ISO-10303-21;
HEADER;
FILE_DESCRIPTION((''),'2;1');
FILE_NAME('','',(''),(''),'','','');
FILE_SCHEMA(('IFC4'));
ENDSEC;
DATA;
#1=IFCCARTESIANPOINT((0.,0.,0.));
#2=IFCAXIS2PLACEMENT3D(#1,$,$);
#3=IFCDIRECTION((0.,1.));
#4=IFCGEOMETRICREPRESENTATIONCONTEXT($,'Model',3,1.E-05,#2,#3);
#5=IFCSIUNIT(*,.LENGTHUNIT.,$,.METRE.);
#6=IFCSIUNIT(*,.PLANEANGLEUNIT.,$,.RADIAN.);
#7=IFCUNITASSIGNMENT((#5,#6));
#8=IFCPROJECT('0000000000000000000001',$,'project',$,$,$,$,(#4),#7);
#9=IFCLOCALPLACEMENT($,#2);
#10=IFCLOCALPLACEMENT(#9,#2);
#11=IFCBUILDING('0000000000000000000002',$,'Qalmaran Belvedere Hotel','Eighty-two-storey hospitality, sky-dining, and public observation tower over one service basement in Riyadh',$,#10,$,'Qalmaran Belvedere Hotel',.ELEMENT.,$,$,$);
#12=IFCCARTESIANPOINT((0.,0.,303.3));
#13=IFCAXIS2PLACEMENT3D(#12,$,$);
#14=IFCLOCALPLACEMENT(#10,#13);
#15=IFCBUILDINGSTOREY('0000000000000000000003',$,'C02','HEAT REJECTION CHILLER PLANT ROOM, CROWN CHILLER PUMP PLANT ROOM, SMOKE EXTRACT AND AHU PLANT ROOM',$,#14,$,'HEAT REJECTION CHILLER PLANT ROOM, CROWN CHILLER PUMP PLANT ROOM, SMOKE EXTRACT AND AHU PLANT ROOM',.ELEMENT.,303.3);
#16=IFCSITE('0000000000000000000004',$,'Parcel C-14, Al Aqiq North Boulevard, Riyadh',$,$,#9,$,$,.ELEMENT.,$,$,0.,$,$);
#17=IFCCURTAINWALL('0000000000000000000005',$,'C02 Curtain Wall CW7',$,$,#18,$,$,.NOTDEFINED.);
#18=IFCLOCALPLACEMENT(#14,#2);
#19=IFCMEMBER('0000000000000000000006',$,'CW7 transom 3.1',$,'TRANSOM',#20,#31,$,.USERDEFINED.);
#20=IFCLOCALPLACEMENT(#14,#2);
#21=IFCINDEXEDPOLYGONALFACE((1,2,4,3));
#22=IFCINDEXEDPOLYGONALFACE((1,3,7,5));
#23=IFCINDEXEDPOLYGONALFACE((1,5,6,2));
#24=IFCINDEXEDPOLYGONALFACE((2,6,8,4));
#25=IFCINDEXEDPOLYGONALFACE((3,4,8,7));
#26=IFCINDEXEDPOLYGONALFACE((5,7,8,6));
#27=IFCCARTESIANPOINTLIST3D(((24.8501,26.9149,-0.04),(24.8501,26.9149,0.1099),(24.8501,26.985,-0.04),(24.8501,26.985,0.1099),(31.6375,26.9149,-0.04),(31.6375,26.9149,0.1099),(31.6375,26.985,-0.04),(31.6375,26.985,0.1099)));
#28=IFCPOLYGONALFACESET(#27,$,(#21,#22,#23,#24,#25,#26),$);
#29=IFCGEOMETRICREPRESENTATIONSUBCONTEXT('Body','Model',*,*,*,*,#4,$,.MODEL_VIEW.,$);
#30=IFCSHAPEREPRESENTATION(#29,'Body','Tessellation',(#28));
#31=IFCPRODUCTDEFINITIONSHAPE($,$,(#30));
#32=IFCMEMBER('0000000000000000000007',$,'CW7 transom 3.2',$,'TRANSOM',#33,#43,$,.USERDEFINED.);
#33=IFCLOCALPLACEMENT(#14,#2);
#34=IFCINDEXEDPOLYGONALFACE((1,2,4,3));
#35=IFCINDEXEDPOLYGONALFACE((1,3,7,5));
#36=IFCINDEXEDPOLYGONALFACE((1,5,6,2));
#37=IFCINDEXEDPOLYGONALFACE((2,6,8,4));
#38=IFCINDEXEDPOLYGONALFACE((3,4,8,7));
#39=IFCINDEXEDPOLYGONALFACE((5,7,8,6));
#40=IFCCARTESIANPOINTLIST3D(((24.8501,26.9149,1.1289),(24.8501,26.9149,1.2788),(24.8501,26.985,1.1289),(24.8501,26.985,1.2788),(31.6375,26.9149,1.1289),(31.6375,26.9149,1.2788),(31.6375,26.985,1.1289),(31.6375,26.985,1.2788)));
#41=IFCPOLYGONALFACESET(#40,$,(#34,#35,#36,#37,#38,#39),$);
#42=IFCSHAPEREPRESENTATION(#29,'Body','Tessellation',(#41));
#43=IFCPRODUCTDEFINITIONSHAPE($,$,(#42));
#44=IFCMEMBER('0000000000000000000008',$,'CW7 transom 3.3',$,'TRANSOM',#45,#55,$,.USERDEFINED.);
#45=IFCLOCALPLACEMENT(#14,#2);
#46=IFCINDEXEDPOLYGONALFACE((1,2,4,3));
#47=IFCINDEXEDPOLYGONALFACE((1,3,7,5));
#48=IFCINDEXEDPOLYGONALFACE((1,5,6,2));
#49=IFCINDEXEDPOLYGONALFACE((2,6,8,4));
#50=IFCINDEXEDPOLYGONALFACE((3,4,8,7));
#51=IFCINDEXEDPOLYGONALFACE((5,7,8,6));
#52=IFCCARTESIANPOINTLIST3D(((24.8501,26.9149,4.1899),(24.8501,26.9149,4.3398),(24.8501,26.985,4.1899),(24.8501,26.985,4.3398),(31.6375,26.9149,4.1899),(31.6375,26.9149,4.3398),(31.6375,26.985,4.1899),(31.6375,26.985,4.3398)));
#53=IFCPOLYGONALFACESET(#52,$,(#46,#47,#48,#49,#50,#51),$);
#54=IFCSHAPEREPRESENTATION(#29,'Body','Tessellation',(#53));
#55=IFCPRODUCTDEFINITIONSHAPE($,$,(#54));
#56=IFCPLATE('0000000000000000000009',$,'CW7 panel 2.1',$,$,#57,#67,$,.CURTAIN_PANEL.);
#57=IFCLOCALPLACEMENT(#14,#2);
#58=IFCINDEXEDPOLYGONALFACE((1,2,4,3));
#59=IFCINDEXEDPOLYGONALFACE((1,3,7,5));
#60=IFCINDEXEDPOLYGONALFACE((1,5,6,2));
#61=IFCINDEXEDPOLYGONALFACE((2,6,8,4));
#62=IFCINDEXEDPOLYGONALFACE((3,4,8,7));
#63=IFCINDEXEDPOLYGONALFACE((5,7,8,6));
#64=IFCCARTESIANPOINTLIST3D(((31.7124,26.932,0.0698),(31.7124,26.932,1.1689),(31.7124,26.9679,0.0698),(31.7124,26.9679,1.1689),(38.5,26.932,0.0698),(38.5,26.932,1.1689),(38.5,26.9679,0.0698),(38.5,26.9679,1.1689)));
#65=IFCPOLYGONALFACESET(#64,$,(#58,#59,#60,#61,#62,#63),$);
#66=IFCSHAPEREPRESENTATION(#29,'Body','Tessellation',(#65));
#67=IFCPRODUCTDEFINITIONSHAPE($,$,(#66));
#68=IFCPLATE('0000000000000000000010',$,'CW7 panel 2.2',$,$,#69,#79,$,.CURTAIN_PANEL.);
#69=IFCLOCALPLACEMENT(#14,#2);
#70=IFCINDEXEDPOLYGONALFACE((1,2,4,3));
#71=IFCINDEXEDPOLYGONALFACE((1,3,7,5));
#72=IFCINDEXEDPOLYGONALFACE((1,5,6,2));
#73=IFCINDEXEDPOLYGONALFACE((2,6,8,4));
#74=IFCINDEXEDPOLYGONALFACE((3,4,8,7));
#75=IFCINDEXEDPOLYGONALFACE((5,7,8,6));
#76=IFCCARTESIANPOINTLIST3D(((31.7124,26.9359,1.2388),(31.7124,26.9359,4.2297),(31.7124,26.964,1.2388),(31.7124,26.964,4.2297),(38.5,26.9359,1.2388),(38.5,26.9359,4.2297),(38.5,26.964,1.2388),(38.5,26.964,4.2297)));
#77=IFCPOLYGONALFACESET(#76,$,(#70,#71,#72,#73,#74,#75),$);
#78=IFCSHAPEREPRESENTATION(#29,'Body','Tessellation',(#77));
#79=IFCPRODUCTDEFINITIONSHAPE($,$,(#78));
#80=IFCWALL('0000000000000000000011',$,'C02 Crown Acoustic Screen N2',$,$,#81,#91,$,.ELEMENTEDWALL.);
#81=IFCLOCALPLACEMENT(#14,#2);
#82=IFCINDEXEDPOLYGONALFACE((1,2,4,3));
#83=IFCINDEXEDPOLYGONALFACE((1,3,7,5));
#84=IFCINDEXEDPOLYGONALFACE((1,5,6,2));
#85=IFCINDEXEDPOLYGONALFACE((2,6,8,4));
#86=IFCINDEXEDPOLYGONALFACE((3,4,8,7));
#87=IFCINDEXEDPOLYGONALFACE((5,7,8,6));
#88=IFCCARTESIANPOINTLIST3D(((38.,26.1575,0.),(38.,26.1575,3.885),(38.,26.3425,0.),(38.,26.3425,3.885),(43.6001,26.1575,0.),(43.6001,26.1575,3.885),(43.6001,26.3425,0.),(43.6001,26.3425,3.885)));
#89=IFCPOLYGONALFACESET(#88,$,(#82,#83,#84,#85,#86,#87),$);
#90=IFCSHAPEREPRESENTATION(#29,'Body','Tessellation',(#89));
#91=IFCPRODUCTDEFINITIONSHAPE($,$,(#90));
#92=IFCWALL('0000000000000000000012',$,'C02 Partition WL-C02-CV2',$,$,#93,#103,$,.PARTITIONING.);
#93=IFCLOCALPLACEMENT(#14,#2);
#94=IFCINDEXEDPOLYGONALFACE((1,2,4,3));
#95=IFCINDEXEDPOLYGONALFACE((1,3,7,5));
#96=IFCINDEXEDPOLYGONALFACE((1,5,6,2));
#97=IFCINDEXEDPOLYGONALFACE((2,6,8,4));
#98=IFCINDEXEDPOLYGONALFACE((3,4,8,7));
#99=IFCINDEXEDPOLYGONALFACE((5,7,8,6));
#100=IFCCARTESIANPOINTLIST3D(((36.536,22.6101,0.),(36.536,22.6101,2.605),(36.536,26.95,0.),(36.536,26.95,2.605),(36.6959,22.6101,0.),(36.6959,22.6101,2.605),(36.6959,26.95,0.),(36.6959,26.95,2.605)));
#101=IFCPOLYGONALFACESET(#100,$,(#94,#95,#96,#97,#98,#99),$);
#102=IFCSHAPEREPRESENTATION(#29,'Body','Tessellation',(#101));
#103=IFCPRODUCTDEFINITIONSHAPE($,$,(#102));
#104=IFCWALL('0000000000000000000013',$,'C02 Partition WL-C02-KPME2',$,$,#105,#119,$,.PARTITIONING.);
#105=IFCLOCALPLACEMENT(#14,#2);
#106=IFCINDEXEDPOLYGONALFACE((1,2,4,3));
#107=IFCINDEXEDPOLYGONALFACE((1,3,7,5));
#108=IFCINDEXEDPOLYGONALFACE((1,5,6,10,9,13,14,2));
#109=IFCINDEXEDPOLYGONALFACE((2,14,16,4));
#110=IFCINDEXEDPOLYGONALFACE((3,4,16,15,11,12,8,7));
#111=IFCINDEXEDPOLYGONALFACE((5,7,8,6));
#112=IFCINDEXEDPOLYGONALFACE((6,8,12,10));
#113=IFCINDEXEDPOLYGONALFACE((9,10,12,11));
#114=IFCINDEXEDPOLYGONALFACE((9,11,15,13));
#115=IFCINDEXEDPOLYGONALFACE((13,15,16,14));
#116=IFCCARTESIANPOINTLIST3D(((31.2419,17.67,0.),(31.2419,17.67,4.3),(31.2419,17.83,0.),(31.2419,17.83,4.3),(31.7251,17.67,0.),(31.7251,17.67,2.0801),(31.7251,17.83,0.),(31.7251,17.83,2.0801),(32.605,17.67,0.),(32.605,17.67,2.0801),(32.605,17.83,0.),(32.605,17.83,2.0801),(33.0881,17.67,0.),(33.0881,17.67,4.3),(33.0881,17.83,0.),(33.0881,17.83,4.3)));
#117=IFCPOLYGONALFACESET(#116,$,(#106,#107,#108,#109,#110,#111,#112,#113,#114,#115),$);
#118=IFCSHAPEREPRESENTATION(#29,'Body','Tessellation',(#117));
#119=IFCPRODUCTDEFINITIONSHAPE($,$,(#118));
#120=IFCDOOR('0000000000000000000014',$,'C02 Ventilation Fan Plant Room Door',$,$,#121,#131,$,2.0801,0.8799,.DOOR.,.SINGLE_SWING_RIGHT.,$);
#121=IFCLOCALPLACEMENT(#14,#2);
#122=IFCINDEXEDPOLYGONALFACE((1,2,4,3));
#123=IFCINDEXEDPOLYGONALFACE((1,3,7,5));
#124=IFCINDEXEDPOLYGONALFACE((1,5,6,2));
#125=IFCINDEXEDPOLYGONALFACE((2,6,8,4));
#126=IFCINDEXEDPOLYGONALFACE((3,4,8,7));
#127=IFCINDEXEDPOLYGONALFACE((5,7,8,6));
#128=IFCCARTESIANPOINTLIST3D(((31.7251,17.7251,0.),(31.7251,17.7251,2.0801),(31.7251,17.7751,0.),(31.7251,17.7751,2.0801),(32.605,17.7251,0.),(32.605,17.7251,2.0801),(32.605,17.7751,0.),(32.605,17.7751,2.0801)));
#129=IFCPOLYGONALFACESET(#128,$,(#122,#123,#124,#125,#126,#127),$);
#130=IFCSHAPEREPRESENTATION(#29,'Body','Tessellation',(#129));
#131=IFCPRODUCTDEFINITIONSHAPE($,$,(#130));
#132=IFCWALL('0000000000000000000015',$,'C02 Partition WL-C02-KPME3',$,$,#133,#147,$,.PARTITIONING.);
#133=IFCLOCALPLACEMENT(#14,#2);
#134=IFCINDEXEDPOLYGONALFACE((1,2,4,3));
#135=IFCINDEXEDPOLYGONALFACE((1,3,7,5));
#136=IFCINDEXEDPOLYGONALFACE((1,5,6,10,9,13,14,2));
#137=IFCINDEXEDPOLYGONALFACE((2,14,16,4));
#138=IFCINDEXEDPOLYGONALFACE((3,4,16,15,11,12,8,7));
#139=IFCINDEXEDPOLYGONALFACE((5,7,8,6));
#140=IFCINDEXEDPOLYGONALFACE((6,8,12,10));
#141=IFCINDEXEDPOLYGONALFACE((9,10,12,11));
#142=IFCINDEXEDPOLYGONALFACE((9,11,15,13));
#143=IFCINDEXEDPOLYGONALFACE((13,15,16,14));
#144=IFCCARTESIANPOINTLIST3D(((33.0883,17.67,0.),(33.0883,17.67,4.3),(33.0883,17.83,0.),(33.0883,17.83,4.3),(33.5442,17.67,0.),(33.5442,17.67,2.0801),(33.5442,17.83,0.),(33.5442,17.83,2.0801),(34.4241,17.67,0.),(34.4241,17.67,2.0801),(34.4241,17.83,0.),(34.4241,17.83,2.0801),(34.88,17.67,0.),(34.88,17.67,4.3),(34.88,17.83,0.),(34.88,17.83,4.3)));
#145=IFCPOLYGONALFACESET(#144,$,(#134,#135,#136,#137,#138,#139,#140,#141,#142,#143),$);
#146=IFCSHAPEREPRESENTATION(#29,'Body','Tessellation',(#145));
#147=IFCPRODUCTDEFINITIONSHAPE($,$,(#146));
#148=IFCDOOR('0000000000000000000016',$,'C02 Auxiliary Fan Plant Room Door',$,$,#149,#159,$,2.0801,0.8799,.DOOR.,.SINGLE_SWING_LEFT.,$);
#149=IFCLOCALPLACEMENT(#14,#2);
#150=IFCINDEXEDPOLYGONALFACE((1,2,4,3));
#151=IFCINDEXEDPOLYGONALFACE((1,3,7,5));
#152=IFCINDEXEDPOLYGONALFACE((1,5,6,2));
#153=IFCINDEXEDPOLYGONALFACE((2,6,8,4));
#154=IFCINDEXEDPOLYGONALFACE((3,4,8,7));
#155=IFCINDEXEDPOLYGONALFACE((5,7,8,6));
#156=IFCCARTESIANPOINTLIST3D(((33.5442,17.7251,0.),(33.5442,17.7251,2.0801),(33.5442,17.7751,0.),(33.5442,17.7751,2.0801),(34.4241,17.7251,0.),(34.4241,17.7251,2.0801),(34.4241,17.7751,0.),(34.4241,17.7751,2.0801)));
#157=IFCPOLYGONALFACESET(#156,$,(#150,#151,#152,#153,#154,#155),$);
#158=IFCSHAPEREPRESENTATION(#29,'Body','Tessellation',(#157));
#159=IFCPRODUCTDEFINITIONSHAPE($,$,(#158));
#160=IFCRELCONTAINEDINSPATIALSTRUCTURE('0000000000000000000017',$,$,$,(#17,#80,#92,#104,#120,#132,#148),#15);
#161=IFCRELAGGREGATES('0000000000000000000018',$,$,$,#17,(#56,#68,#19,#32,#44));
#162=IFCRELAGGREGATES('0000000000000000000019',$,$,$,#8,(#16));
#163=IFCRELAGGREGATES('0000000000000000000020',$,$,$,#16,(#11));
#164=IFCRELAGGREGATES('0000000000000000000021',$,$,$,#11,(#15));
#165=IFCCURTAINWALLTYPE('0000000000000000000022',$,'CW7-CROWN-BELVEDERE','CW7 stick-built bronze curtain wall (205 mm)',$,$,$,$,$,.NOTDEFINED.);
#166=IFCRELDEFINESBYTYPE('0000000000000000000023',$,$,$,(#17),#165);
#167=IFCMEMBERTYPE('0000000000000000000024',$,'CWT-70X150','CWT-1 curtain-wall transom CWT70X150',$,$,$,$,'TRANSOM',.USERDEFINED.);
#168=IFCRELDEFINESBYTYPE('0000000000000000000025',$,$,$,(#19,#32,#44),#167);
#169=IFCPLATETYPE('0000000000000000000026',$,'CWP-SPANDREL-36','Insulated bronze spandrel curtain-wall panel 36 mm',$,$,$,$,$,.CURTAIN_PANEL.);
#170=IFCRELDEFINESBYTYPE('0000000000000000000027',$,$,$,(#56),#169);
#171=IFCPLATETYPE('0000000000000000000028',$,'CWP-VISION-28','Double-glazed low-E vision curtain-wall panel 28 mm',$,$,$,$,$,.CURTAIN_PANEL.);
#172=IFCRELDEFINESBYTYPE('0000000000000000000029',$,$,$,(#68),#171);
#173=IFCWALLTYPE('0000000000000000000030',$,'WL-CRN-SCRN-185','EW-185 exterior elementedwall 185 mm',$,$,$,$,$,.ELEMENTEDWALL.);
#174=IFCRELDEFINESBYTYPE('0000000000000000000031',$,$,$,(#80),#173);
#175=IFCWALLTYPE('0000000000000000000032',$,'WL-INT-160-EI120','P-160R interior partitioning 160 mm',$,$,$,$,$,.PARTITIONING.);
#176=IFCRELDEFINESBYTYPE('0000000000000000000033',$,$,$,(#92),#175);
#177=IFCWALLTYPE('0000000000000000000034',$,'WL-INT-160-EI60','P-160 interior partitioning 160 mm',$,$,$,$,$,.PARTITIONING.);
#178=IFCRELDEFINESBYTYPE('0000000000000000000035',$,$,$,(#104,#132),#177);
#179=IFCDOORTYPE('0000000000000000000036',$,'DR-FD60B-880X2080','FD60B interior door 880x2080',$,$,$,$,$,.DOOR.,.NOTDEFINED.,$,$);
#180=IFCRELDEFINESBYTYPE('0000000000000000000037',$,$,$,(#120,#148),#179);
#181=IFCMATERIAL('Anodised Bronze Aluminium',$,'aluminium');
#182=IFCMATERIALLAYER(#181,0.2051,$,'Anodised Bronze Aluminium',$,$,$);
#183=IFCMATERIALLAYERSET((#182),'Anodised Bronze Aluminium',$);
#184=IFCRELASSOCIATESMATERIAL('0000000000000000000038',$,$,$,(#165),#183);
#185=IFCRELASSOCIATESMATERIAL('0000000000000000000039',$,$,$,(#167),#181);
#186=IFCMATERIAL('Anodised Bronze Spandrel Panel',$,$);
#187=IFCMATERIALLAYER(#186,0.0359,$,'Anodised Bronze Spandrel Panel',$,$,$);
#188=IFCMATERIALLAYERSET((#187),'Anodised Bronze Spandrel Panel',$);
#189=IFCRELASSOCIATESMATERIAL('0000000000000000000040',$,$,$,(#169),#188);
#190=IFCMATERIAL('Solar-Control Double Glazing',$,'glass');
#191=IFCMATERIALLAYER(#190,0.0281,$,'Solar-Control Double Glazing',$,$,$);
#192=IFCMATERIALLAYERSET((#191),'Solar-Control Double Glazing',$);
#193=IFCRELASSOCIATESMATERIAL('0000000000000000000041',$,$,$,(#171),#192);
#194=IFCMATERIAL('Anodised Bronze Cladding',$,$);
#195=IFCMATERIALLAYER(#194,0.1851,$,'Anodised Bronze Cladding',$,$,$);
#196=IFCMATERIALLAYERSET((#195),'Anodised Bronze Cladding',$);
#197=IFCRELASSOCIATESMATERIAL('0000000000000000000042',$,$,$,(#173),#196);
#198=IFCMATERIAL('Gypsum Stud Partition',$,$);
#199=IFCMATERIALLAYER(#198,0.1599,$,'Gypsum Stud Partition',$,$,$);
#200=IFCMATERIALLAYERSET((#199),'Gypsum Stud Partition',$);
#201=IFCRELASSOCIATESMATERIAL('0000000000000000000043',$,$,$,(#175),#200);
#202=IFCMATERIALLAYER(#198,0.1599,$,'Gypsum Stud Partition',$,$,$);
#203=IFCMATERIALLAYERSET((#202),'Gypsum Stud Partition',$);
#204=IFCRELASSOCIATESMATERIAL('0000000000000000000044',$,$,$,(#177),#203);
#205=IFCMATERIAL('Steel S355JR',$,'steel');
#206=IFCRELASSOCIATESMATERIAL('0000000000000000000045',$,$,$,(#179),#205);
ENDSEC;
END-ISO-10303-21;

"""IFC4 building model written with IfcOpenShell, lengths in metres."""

from ifc_helpers import new_model, si_unit, direction, frame, frame_2d, origin, origin_2d, place, context, subcontext, project, spatial, rectangle, extrude, material, layer, layer_set, material_profile, profile_set, type_object, element, fill, aggregate, save


model = new_model("IFC4")

# Units and contexts
model_context = context("Model", 3, precision=1e-05, world=origin(), true_north=direction((0.0, 1.0)))
body_context = subcontext(model_context, "Body", "Model", "MODEL_VIEW")
ifc_project = project(units=[si_unit("LENGTHUNIT", "METRE"), si_unit("PLANEANGLEUNIT", "RADIAN")], contexts=[model_context])

# Site, building, storey
site_placement = place(None, origin())
site = spatial("IfcSite", under=ifc_project, at=site_placement, Name="Parcel C-14, Al Aqiq North Boulevard, Riyadh", CompositionType="ELEMENT", RefElevation=0.0)
building_placement = place(site_placement, origin())
building = spatial("IfcBuilding", under=site, at=building_placement, Name="Qalmaran Belvedere Hotel", Description="Eighty-two-storey hospitality, sky-dining, and public observation tower over one service basement in Riyadh", LongName="Qalmaran Belvedere Hotel", CompositionType="ELEMENT")
storey_placement = place(building_placement, frame((0.0, 0.0, 303.3)))
storey = spatial("IfcBuildingStorey", under=building, at=storey_placement, Name="C02", Description="HEAT REJECTION CHILLER PLANT ROOM, CROWN CHILLER PUMP PLANT ROOM, SMOKE EXTRACT AND AHU PLANT ROOM", LongName="HEAT REJECTION CHILLER PLANT ROOM, CROWN CHILLER PUMP PLANT ROOM, SMOKE EXTRACT AND AHU PLANT ROOM", CompositionType="ELEMENT", Elevation=303.3)

# Shared definitions
ifc_material_1 = material(Name="Steel S355JR", Category="steel")

# Curtain wall, members, plates
ifc_material_2 = material(Name="Anodised Bronze Aluminium", Category="aluminium")
ifc_layer_1 = layer(ifc_material_2, 0.2051, Name="Anodised Bronze Aluminium")
ifc_layer_set_1 = layer_set([ifc_layer_1], Name="Anodised Bronze Aluminium")
curtain_wall_type = type_object("IfcCurtainWallType", Name="CW7-CROWN-BELVEDERE", Description="CW7 stick-built bronze curtain wall (205 mm)", PredefinedType="NOTDEFINED", material=ifc_layer_set_1)
curtain_wall_placement = place(storey_placement, origin())
curtain_wall = element("IfcCurtainWall", 1, at=curtain_wall_placement, inside=storey, type_object=curtain_wall_type, Name="C02 Curtain Wall CW7", PredefinedType="NOTDEFINED")
ifc_material_profile_1 = material_profile(ifc_material_2, rectangle(XDim=0.0701, YDim=0.1499, at=origin_2d()), Name="CWT70X150")
ifc_profile_set_1 = profile_set([ifc_material_profile_1], Name="Anodised Bronze Aluminium")
member_type_1 = type_object("IfcMemberType", Name="CWT-70X150", Description="CWT-1 curtain-wall transom CWT70X150", ElementType="TRANSOM", PredefinedType="USERDEFINED", material=ifc_profile_set_1)
member_1_placement = place(storey_placement, frame((31.6375, 26.95, 0.0349), z_axis=(-1.0, 0.0, 0.0), x_axis=(0.0, -1.0, 0.0)))
member_1 = element("IfcMember", 2, at=member_1_placement, type_object=member_type_1, Name="CW7 transom 3.1", ObjectType="TRANSOM", PredefinedType="USERDEFINED", context=body_context, shape_type="SweptSolid", body=[
    extrude(rectangle(XDim=0.0701, YDim=0.1499, at=origin_2d()), origin(), (0.0, 0.0, 1.0), 6.7874),
])
member_2_placement = place(storey_placement, frame((31.6375, 26.95, 1.2039), z_axis=(-1.0, 0.0, 0.0), x_axis=(0.0, -1.0, 0.0)))
member_2 = element("IfcMember", 3, at=member_2_placement, type_object=member_type_1, Name="CW7 transom 3.2", ObjectType="TRANSOM", PredefinedType="USERDEFINED", context=body_context, shape_type="SweptSolid", body=[
    extrude(rectangle(XDim=0.0701, YDim=0.1499, at=origin_2d()), origin(), (0.0, 0.0, 1.0), 6.7874),
])
member_3_placement = place(storey_placement, frame((31.6375, 26.95, 4.2649), z_axis=(-1.0, 0.0, 0.0), x_axis=(0.0, -1.0, 0.0)))
member_3 = element("IfcMember", 4, at=member_3_placement, type_object=member_type_1, Name="CW7 transom 3.3", ObjectType="TRANSOM", PredefinedType="USERDEFINED", context=body_context, shape_type="SweptSolid", body=[
    extrude(rectangle(XDim=0.0701, YDim=0.1499, at=origin_2d()), origin(), (0.0, 0.0, 1.0), 6.7874),
])
ifc_material_3 = material(Name="Anodised Bronze Spandrel Panel")
ifc_layer_2 = layer(ifc_material_3, 0.0359, Name="Anodised Bronze Spandrel Panel")
ifc_layer_set_2 = layer_set([ifc_layer_2], Name="Anodised Bronze Spandrel Panel")
plate_type_1 = type_object("IfcPlateType", Name="CWP-SPANDREL-36", Description="Insulated bronze spandrel curtain-wall panel 36 mm", PredefinedType="CURTAIN_PANEL", material=ifc_layer_set_2)
plate_1_placement = place(storey_placement, frame((35.1062, 26.95, 0.0698), z_axis=(0.0, 0.0, 1.0), x_axis=(-1.0, 0.0, 0.0)))
plate_1 = element("IfcPlate", 5, at=plate_1_placement, type_object=plate_type_1, Name="CW7 panel 2.1", PredefinedType="CURTAIN_PANEL", context=body_context, shape_type="SweptSolid", body=[
    extrude(rectangle(XDim=6.7876, YDim=0.0359, at=origin_2d()), origin(), (0.0, 0.0, 1.0), 1.0991),
])
ifc_material_4 = material(Name="Solar-Control Double Glazing", Category="glass")
ifc_layer_3 = layer(ifc_material_4, 0.0281, Name="Solar-Control Double Glazing")
ifc_layer_set_3 = layer_set([ifc_layer_3], Name="Solar-Control Double Glazing")
plate_type_2 = type_object("IfcPlateType", Name="CWP-VISION-28", Description="Double-glazed low-E vision curtain-wall panel 28 mm", PredefinedType="CURTAIN_PANEL", material=ifc_layer_set_3)
plate_2_placement = place(storey_placement, frame((35.1062, 26.95, 1.2388), z_axis=(0.0, 0.0, 1.0), x_axis=(-1.0, 0.0, 0.0)))
plate_2 = element("IfcPlate", 6, at=plate_2_placement, type_object=plate_type_2, Name="CW7 panel 2.2", PredefinedType="CURTAIN_PANEL", context=body_context, shape_type="SweptSolid", body=[
    extrude(rectangle(XDim=6.7876, YDim=0.0281, at=origin_2d()), origin(), (0.0, 0.0, 1.0), 2.991),
])
aggregate(curtain_wall, [plate_1, plate_2, member_1, member_2, member_3])

# Walls
ifc_material_5 = material(Name="Anodised Bronze Cladding")
ifc_layer_4 = layer(ifc_material_5, 0.1851, Name="Anodised Bronze Cladding")
ifc_layer_set_4 = layer_set([ifc_layer_4], Name="Anodised Bronze Cladding")
wall_type_1 = type_object("IfcWallType", Name="WL-CRN-SCRN-185", Description="EW-185 exterior elementedwall 185 mm", PredefinedType="ELEMENTEDWALL", material=ifc_layer_set_4)
wall_1_placement = place(storey_placement, frame((38.0, 26.25, 0.0), z_axis=(0.0, 0.0, 1.0), x_axis=(1.0, 0.0, 0.0)))
element("IfcWall", 7, at=wall_1_placement, inside=storey, type_object=wall_type_1, Name="C02 Crown Acoustic Screen N2", PredefinedType="ELEMENTEDWALL", context=body_context, shape_type="SweptSolid", body=[
    extrude(rectangle(XDim=5.6001, YDim=0.1851, at=frame_2d((2.8, 0.0))), origin(), (0.0, 0.0, 1.0), 3.885),
])
ifc_material_6 = material(Name="Gypsum Stud Partition")
ifc_layer_5 = layer(ifc_material_6, 0.1599, Name="Gypsum Stud Partition")
ifc_layer_set_5 = layer_set([ifc_layer_5], Name="Gypsum Stud Partition")
wall_type_2 = type_object("IfcWallType", Name="WL-INT-160-EI120", Description="P-160R interior partitioning 160 mm", PredefinedType="PARTITIONING", material=ifc_layer_set_5)
wall_2_placement = place(storey_placement, frame((36.616, 22.6101, 0.0), z_axis=(0.0, 0.0, 1.0), x_axis=(0.0, 1.0, 0.0)))
element("IfcWall", 8, at=wall_2_placement, inside=storey, type_object=wall_type_2, Name="C02 Partition WL-C02-CV2", PredefinedType="PARTITIONING", context=body_context, shape_type="SweptSolid", body=[
    extrude(rectangle(XDim=4.3398, YDim=0.1599, at=frame_2d((2.1699, 0.0))), origin(), (0.0, 0.0, 1.0), 2.605),
])

# Walls, openings, doors
ifc_layer_6 = layer(ifc_material_6, 0.1599, Name="Gypsum Stud Partition")
ifc_layer_set_6 = layer_set([ifc_layer_6], Name="Gypsum Stud Partition")
wall_type_3 = type_object("IfcWallType", Name="WL-INT-160-EI60", Description="P-160 interior partitioning 160 mm", PredefinedType="PARTITIONING", material=ifc_layer_set_6)
wall_3_placement = place(storey_placement, frame((31.2419, 17.75, 0.0), z_axis=(0.0, 0.0, 1.0), x_axis=(1.0, 0.0, 0.0)))
wall_3 = element("IfcWall", 9, at=wall_3_placement, inside=storey, type_object=wall_type_3, Name="C02 Partition WL-C02-KPME2", PredefinedType="PARTITIONING", context=body_context, shape_type="SweptSolid", body=[
    extrude(rectangle(XDim=1.8462, YDim=0.1599, at=frame_2d((0.9231, 0.0))), origin(), (0.0, 0.0, 1.0), 4.3),
])
opening_1_placement = place(wall_3_placement, frame((1.363, 0.0, 0.0), z_axis=(0.0, 0.0, 1.0), x_axis=(-1.0, 0.0, 0.0)))
opening_1 = element("IfcOpeningElement", 10, at=opening_1_placement, cuts=wall_3, PredefinedType="OPENING", context=body_context, shape_type="SweptSolid", body=[
    extrude(rectangle(XDim=0.8799, YDim=2.0801, at=frame_2d((0.4399, 1.04))), frame((0.0, 0.0898, 0.0), z_axis=(0.0, -1.0, 0.0), x_axis=(1.0, 0.0, 0.0)), (0.0, 0.0, 1.0), 0.1799),
])
door_type_1 = type_object("IfcDoorType", Name="DR-FD60B-880X2080", Description="FD60B interior door 880x2080", OperationType="NOTDEFINED", PredefinedType="DOOR", material=ifc_material_1)
door_1_placement = place(opening_1_placement, origin())
door_1 = element("IfcDoor", 11, at=door_1_placement, inside=storey, type_object=door_type_1, Name="C02 Ventilation Fan Plant Room Door", OperationType="SINGLE_SWING_RIGHT", OverallHeight=2.0801, OverallWidth=0.8799, PredefinedType="DOOR", context=body_context, shape_type="SweptSolid", body=[
    extrude(rectangle(XDim=0.8799, YDim=2.0801, at=frame_2d((0.4399, 1.04))), frame((0.0, 0.0249, 0.0), z_axis=(0.0, -1.0, 0.0), x_axis=(1.0, 0.0, 0.0)), (0.0, 0.0, 1.0), 0.05),
])
fill(opening_1, door_1)
wall_4_placement = place(storey_placement, frame((33.0881, 17.75, 0.0), z_axis=(0.0, 0.0, 1.0), x_axis=(1.0, 0.0, 0.0)))
wall_4 = element("IfcWall", 12, at=wall_4_placement, inside=storey, type_object=wall_type_3, Name="C02 Partition WL-C02-KPME3", PredefinedType="PARTITIONING", context=body_context, shape_type="SweptSolid", body=[
    extrude(rectangle(XDim=1.7917, YDim=0.1599, at=frame_2d((0.896, 0.0))), origin(), (0.0, 0.0, 1.0), 4.3),
])
opening_2_placement = place(wall_4_placement, frame((1.3359, 0.0, 0.0), z_axis=(0.0, 0.0, 1.0), x_axis=(-1.0, 0.0, 0.0)))
opening_2 = element("IfcOpeningElement", 13, at=opening_2_placement, cuts=wall_4, PredefinedType="OPENING", context=body_context, shape_type="SweptSolid", body=[
    extrude(rectangle(XDim=0.8799, YDim=2.0801, at=frame_2d((0.4399, 1.04))), frame((0.0, 0.0898, 0.0), z_axis=(0.0, -1.0, 0.0), x_axis=(1.0, 0.0, 0.0)), (0.0, 0.0, 1.0), 0.1799),
])
door_2_placement = place(opening_2_placement, origin())
door_2 = element("IfcDoor", 14, at=door_2_placement, inside=storey, type_object=door_type_1, Name="C02 Auxiliary Fan Plant Room Door", OperationType="SINGLE_SWING_LEFT", OverallHeight=2.0801, OverallWidth=0.8799, PredefinedType="DOOR", context=body_context, shape_type="SweptSolid", body=[
    extrude(rectangle(XDim=0.8799, YDim=2.0801, at=frame_2d((0.4399, 1.04))), frame((0.0, 0.0249, 0.0), z_axis=(0.0, -1.0, 0.0), x_axis=(1.0, 0.0, 0.0)), (0.0, 0.0, 1.0), 0.05),
])
fill(opening_2, door_2)

save(model, "model.ifc")
